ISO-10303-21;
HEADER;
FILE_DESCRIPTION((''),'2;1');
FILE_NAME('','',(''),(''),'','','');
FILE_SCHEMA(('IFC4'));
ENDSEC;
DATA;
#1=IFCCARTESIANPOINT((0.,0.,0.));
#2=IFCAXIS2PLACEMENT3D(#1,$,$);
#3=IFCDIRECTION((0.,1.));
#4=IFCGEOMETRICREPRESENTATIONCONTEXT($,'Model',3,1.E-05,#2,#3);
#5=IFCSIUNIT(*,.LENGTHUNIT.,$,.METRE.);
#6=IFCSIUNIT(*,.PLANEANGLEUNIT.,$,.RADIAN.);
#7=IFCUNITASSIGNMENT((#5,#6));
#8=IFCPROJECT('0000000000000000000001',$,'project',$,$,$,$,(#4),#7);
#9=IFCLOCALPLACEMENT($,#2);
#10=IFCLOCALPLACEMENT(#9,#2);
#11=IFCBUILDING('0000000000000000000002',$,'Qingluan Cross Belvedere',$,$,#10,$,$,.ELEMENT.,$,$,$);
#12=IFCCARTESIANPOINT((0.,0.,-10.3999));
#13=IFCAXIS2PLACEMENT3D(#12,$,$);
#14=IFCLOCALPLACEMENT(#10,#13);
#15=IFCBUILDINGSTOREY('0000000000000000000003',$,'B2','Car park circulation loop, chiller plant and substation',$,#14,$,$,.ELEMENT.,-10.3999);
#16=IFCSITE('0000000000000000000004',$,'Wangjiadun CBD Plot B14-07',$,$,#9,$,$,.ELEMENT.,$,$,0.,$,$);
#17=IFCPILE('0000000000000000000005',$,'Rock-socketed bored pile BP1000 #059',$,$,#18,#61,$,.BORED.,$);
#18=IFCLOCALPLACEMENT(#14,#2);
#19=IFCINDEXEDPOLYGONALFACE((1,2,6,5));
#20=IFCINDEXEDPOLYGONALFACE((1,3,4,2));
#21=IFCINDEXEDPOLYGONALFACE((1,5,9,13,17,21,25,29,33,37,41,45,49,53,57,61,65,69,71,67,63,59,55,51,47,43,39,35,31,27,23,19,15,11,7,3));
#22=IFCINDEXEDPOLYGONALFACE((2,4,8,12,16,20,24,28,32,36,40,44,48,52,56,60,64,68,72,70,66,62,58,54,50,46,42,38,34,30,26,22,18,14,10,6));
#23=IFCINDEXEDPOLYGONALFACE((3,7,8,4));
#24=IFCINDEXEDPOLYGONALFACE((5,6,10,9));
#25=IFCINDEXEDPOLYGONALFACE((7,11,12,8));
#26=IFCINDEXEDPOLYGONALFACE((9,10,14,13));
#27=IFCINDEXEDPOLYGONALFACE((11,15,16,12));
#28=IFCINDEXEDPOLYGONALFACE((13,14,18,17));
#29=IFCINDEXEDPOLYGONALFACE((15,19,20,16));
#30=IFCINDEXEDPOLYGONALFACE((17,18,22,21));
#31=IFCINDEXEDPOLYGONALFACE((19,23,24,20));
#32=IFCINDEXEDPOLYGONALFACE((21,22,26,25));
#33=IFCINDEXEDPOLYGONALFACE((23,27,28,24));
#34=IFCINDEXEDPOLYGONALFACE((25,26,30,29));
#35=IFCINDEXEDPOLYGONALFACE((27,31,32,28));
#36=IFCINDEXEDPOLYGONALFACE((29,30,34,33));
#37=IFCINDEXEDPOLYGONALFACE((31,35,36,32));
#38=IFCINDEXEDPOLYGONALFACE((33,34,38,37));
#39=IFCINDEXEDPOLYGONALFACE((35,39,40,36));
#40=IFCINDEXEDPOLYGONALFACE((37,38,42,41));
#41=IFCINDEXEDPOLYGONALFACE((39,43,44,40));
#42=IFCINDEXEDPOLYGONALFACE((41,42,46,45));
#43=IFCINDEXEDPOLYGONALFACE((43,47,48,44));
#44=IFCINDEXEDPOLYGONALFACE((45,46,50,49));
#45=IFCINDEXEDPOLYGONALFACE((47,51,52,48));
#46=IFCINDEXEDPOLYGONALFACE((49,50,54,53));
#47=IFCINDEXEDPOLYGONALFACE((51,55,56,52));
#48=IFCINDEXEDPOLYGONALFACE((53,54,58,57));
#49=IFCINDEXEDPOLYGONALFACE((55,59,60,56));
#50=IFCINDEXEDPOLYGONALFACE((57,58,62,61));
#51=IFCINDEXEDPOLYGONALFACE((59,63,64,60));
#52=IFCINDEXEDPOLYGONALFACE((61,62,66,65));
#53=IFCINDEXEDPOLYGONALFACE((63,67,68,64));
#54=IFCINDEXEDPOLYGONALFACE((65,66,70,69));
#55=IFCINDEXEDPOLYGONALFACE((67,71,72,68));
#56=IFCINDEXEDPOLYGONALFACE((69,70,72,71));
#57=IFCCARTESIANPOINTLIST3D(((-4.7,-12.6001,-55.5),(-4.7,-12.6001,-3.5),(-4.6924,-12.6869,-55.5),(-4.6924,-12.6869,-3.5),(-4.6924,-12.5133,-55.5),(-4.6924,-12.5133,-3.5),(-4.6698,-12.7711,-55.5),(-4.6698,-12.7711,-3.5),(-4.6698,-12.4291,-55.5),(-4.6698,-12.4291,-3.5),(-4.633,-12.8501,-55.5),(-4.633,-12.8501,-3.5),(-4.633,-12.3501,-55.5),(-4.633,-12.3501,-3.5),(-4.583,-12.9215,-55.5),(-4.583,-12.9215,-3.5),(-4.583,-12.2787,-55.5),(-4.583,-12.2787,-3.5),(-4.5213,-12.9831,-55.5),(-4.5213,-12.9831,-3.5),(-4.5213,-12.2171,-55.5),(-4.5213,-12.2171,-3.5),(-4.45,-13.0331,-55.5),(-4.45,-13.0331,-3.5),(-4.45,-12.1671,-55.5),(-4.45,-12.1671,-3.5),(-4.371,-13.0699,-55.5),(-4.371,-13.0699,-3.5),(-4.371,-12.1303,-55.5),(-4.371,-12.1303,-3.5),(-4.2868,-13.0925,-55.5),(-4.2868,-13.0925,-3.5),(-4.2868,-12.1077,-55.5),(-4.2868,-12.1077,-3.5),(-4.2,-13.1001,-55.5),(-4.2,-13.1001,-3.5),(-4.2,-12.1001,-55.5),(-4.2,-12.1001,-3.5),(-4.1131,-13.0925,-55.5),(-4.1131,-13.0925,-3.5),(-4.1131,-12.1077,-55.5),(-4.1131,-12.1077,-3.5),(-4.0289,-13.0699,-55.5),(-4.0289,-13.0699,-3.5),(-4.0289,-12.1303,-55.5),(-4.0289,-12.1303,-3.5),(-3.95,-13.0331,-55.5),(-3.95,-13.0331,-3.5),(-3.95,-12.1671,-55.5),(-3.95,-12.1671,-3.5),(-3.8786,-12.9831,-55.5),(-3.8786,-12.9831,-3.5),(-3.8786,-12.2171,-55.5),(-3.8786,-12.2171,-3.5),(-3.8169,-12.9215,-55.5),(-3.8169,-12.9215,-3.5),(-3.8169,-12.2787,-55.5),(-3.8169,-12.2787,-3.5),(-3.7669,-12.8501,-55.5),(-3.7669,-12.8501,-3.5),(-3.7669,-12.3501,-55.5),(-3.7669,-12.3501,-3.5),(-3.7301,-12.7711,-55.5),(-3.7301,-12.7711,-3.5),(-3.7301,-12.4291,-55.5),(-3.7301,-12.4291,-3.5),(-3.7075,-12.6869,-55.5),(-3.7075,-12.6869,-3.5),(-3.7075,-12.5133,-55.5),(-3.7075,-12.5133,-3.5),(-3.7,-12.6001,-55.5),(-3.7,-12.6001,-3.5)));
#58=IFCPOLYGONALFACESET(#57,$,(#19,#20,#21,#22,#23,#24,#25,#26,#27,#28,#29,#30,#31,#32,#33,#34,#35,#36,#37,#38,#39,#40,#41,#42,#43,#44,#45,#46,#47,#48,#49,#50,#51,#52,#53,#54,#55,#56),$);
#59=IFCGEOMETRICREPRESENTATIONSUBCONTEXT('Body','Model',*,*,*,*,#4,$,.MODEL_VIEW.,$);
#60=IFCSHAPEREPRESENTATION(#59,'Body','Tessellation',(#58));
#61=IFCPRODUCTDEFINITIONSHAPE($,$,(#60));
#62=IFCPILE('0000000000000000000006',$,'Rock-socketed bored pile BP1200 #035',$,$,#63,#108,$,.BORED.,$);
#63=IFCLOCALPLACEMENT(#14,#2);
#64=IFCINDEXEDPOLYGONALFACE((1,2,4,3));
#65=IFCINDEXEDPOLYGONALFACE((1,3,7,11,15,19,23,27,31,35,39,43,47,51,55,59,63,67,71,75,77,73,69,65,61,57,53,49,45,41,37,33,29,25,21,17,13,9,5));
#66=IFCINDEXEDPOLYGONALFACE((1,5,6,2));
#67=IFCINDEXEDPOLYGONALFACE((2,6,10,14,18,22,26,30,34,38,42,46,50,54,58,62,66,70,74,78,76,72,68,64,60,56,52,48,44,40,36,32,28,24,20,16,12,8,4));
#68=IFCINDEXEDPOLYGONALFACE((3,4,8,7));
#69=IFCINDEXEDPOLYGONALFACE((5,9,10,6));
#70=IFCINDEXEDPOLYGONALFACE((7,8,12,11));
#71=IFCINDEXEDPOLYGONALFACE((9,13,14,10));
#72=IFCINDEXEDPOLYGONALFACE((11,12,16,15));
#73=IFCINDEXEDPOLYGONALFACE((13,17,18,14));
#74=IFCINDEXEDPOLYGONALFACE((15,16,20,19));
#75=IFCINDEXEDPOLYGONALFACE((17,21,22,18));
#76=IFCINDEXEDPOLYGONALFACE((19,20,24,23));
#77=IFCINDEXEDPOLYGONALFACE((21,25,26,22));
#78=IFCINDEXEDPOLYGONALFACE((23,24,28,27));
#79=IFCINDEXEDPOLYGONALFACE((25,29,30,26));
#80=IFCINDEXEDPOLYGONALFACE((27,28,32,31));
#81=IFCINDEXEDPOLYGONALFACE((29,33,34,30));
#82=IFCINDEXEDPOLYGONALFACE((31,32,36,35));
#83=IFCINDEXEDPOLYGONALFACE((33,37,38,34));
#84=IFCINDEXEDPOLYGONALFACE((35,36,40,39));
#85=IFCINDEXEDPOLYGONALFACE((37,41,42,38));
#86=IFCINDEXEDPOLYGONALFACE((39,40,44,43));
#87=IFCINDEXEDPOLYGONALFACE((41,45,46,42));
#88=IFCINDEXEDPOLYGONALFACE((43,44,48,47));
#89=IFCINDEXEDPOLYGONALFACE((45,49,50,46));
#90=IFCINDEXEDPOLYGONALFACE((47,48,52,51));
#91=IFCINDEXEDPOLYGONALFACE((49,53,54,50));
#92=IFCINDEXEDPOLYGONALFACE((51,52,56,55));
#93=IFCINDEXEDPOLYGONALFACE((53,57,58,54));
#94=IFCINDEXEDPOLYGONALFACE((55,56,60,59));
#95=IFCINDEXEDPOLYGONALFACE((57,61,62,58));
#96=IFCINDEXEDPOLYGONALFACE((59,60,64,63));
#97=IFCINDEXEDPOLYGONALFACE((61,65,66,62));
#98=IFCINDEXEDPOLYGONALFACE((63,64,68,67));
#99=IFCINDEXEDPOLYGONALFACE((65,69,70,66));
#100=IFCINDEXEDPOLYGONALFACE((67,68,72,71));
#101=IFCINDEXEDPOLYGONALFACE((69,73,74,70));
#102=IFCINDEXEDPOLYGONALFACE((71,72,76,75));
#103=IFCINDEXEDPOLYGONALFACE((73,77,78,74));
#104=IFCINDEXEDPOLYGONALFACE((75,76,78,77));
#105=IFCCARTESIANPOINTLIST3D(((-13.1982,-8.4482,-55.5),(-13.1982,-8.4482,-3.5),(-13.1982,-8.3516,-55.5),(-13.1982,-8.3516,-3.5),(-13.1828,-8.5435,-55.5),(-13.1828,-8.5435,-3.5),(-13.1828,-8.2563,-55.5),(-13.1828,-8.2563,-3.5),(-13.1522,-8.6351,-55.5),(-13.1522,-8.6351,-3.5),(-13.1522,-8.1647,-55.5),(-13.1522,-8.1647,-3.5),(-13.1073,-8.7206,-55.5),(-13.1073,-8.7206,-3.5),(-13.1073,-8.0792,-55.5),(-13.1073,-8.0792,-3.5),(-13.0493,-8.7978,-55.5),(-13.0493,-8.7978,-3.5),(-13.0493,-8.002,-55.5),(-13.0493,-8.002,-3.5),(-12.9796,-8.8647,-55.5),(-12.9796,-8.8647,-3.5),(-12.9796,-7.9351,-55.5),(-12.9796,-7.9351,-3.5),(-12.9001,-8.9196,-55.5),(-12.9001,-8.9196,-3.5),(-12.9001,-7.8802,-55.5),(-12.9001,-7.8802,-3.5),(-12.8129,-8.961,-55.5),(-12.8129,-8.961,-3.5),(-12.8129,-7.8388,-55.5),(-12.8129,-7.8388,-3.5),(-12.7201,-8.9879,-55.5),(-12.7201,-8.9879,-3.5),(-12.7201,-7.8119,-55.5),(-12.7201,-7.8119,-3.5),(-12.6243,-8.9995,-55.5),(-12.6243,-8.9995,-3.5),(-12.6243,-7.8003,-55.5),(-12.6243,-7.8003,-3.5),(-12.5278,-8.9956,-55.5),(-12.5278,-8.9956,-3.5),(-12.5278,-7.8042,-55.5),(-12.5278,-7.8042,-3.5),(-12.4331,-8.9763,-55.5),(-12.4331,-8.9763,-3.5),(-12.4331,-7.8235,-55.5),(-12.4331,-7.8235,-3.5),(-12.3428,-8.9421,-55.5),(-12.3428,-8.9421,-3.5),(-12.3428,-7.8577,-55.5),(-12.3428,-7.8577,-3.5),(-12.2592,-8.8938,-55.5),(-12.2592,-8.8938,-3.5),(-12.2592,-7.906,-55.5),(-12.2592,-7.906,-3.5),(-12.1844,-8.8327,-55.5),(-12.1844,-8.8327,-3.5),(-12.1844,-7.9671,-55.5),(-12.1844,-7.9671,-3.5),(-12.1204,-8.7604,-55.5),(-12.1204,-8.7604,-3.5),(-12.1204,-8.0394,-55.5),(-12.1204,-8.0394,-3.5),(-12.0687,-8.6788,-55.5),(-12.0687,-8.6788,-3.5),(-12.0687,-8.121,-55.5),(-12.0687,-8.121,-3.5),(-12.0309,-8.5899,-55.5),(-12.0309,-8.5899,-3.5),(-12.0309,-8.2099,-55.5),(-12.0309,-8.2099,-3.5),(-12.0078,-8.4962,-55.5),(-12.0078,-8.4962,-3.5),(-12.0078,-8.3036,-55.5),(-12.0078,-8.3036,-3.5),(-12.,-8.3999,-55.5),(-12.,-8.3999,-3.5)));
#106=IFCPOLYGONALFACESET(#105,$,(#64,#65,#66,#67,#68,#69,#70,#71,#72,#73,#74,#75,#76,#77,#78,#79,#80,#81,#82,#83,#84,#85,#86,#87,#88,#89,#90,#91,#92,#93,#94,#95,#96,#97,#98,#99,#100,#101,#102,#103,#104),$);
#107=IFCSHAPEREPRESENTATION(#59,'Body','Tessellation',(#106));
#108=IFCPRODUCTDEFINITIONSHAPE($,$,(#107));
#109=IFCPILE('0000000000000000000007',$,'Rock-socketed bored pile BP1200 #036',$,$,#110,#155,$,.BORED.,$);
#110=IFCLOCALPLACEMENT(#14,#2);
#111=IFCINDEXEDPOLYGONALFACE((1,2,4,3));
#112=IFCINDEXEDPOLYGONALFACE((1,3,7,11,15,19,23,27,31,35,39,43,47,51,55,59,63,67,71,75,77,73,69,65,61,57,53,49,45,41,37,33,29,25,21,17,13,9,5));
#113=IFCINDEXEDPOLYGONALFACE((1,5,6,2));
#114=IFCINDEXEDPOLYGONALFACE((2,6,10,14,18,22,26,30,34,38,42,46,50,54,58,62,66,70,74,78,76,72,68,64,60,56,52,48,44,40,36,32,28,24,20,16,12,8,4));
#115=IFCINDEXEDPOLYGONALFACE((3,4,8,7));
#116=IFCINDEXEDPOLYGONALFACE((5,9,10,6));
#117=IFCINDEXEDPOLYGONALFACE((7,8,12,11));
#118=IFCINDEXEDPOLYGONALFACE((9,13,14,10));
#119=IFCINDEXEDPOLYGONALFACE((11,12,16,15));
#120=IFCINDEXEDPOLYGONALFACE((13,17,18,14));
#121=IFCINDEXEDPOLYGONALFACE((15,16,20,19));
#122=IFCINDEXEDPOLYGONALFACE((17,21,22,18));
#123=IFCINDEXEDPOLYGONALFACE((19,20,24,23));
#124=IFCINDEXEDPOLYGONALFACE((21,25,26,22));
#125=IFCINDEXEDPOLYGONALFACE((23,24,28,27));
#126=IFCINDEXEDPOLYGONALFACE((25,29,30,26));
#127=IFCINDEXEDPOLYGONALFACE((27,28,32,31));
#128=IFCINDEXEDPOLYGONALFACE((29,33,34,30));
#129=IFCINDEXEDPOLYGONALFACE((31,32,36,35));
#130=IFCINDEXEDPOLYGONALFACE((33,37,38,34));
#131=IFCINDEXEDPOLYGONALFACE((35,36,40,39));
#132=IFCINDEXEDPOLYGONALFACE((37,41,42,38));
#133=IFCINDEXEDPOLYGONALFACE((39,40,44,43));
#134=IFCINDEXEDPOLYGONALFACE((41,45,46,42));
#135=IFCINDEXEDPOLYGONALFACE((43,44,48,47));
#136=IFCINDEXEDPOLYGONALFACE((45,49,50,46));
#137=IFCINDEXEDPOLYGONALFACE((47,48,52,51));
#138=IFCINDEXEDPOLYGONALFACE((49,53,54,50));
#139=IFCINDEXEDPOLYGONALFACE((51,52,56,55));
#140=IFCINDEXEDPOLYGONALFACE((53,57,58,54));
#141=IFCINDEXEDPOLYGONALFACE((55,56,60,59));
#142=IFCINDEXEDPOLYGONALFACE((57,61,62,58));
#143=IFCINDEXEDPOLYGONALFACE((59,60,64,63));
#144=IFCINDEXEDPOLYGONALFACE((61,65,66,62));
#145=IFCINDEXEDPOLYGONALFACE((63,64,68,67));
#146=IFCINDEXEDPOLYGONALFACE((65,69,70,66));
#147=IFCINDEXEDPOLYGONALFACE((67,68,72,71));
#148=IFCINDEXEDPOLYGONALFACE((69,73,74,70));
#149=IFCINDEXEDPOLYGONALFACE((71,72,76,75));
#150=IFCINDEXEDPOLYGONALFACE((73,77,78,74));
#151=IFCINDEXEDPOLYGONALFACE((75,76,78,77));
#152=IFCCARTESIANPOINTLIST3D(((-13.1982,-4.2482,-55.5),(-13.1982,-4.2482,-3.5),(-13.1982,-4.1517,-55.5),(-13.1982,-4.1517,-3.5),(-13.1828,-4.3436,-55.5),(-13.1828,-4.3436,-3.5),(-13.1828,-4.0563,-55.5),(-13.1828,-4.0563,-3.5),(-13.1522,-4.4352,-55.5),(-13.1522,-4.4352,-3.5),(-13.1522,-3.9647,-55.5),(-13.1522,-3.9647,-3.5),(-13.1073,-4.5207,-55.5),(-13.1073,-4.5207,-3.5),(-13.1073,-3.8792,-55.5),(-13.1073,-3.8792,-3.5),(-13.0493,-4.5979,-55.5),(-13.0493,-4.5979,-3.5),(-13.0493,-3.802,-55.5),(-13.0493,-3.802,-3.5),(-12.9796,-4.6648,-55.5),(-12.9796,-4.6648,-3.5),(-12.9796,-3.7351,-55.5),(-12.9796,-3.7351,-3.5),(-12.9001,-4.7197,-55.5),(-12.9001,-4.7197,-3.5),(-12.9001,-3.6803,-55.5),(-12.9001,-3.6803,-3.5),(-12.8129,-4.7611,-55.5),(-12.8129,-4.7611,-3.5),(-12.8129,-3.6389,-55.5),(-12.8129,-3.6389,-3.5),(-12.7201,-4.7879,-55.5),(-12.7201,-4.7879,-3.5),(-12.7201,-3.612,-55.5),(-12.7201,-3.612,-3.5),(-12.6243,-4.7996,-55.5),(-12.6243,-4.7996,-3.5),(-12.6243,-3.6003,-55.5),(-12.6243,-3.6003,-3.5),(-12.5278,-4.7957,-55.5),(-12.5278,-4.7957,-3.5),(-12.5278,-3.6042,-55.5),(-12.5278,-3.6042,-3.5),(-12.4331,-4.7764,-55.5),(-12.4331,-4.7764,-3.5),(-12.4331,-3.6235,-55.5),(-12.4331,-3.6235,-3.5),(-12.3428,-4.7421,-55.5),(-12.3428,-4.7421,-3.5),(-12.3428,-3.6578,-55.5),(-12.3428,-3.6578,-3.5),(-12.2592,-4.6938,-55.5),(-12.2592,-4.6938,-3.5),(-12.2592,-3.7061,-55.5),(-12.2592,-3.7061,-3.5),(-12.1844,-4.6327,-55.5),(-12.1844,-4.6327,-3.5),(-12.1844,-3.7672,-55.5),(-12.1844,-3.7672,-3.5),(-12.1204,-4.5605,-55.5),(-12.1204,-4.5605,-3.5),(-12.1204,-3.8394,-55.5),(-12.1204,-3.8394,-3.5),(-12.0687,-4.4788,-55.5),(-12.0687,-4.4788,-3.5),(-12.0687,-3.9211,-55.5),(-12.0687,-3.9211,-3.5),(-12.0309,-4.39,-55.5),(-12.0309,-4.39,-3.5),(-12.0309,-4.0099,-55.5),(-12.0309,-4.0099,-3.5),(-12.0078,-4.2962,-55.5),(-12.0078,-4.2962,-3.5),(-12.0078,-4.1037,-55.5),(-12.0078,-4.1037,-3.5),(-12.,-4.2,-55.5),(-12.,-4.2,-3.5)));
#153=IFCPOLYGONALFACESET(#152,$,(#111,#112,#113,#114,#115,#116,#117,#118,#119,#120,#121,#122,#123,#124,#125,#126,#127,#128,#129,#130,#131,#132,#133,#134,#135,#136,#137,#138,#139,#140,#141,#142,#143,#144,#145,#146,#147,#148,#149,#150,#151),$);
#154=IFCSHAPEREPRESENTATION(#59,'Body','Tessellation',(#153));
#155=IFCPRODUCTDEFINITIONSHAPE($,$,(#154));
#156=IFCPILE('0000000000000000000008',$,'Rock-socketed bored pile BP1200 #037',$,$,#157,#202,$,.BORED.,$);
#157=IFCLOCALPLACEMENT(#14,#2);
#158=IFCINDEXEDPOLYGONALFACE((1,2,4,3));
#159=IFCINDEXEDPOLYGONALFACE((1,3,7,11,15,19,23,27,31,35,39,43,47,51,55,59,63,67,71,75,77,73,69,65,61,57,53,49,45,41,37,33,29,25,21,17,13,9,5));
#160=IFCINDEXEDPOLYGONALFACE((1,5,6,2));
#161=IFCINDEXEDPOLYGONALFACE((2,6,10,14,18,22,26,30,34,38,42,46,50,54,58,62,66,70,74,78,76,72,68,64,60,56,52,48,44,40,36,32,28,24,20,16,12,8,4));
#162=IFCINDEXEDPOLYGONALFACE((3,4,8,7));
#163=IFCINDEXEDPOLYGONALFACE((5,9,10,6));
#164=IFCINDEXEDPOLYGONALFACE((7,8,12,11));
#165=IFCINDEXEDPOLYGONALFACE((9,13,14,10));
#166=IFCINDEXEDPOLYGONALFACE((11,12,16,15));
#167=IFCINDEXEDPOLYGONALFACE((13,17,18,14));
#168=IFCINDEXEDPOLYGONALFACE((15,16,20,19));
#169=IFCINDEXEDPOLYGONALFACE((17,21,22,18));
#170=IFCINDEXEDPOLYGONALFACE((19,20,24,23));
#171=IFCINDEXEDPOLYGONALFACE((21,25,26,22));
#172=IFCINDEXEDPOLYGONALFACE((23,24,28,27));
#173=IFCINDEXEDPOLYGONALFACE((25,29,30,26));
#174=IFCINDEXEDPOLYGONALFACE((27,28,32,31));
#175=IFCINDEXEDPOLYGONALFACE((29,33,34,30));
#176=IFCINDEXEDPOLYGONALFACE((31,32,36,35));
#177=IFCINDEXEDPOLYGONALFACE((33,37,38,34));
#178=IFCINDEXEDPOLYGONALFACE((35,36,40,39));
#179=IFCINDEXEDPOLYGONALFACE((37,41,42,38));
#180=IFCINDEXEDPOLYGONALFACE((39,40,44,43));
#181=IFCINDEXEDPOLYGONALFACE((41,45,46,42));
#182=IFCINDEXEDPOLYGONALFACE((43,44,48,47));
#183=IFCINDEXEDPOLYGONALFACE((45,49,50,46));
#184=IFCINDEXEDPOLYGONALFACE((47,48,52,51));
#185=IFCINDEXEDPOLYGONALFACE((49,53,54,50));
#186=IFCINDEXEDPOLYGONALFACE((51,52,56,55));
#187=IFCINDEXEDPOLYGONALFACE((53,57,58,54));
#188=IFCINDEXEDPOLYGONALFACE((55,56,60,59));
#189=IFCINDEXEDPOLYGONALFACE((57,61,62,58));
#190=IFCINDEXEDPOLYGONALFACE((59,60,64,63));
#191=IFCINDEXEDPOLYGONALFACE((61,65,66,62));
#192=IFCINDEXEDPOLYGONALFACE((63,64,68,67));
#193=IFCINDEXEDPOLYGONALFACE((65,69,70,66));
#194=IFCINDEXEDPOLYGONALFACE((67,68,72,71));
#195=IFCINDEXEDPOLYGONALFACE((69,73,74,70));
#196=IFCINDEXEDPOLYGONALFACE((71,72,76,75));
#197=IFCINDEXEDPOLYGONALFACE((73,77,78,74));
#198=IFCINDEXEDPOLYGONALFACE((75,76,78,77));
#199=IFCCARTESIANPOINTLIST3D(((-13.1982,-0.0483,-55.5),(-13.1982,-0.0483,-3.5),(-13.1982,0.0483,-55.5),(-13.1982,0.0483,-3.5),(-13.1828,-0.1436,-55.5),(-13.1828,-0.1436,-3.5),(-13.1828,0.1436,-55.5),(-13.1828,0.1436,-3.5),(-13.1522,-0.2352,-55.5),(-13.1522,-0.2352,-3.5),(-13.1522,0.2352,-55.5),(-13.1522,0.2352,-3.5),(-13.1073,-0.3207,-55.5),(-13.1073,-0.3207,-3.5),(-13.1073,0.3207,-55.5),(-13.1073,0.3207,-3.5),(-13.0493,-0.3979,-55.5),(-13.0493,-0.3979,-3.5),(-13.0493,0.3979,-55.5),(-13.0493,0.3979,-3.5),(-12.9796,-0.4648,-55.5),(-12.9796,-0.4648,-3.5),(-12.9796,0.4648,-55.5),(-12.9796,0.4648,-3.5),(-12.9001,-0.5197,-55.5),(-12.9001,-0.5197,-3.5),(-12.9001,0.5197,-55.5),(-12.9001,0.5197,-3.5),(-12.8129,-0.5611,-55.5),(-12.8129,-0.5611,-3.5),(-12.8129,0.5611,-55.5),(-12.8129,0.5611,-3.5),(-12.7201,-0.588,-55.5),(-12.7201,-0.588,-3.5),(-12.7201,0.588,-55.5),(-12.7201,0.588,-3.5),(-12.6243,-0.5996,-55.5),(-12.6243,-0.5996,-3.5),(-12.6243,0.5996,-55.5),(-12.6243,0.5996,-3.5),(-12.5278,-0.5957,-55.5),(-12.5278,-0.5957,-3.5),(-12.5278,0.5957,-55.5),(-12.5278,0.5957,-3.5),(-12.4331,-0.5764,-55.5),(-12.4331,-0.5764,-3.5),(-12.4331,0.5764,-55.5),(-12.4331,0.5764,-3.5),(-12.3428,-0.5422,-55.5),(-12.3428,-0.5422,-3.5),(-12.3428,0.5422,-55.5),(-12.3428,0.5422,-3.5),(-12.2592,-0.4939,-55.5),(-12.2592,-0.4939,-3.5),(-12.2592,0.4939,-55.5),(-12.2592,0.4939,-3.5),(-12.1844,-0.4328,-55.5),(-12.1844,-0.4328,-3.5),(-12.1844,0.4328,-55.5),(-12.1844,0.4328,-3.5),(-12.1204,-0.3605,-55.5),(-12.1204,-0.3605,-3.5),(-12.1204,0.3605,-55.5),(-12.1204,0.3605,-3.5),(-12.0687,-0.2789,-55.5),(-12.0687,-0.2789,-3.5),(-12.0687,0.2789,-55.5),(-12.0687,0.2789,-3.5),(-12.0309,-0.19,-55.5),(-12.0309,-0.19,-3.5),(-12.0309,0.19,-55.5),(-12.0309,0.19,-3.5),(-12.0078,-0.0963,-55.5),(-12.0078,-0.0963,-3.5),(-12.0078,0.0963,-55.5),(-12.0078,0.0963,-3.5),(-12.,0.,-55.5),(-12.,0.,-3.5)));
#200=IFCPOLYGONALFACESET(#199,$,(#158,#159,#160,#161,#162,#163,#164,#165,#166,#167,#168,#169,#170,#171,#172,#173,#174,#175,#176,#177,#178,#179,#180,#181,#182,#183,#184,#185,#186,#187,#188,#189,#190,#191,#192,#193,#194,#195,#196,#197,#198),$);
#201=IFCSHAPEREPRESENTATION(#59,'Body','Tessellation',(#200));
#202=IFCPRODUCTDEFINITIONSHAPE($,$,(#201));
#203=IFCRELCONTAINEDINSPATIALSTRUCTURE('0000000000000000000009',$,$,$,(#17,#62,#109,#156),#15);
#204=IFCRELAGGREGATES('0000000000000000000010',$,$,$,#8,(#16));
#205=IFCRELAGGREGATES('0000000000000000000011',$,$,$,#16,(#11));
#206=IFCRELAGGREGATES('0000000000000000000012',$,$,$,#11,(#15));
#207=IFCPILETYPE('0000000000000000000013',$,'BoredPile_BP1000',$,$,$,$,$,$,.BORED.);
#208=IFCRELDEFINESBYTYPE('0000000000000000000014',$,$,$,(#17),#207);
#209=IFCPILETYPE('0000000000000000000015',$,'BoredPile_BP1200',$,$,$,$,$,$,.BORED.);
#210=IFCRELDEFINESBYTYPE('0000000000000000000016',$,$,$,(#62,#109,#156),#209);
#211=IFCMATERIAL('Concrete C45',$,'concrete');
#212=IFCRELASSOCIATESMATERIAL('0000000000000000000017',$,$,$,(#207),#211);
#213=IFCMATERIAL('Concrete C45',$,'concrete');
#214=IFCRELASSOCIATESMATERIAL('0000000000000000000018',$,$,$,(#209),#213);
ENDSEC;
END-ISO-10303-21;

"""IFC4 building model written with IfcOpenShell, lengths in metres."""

from ifc_helpers import new_model, si_unit, direction, frame, origin, origin_2d, place, context, subcontext, project, spatial, circle, extrude, material, material_profile, profile_set, type_object, element, save


model = new_model("IFC4")

# Units and contexts
model_context = context("Model", 3, precision=1e-05, world=origin(), true_north=direction((0.0, 1.0)))
body_context = subcontext(model_context, "Body", "Model", "MODEL_VIEW")
ifc_project = project(units=[si_unit("LENGTHUNIT", "METRE"), si_unit("PLANEANGLEUNIT", "RADIAN")], contexts=[model_context])

# Site, building, storey
site_placement = place(None, origin())
site = spatial("IfcSite", under=ifc_project, at=site_placement, Name="Wangjiadun CBD Plot B14-07", CompositionType="ELEMENT", RefElevation=0.0)
building_placement = place(site_placement, origin())
building = spatial("IfcBuilding", under=site, at=building_placement, Name="Qingluan Cross Belvedere", CompositionType="ELEMENT")
storey_placement = place(building_placement, frame((0.0, 0.0, -10.3999)))
storey = spatial("IfcBuildingStorey", under=building, at=storey_placement, Name="B2", Description="Car park circulation loop, chiller plant and substation", CompositionType="ELEMENT", Elevation=-10.3999)

# Piles
ifc_material_1 = material(Name="Concrete C45", Category="concrete")
ifc_material_profile_1 = material_profile(ifc_material_1, circle(Radius=0.5, at=origin_2d()), Name="BP1000")
ifc_profile_set_1 = profile_set([ifc_material_profile_1], Name="Concrete C45")
pile_type_1 = type_object("IfcPileType", Name="BoredPile_BP1000", PredefinedType="BORED", material=ifc_profile_set_1)
pile_placement = place(storey_placement, frame((-4.2, -12.6001, -3.5), z_axis=(0.0, 0.0, -1.0), x_axis=(1.0, 0.0, 0.0)))
element("IfcPile", 1, at=pile_placement, inside=storey, type_object=pile_type_1, Name="Rock-socketed bored pile BP1000 #059", PredefinedType="BORED", context=body_context, shape_type="SweptSolid", body=[
    extrude(circle(Radius=0.5, at=origin_2d()), origin(), (0.0, 0.0, 1.0), 52.0),
])
ifc_material_2 = material(Name="Concrete C45", Category="concrete")
ifc_material_profile_2 = material_profile(ifc_material_2, circle(Radius=0.6001, at=origin_2d()), Name="BP1200")
ifc_profile_set_2 = profile_set([ifc_material_profile_2], Name="Concrete C45")
pile_type_2 = type_object("IfcPileType", Name="BoredPile_BP1200", PredefinedType="BORED", material=ifc_profile_set_2)
for number, where, z_axis, x_axis, name in (
    (2, (-12.6001, -8.3999, -3.5), (0.0, 0.0, -1.0), (1.0, 0.0, 0.0), "Rock-socketed bored pile BP1200 #035"),
    (3, (-12.6001, -4.2, -3.5), (0.0, 0.0, -1.0), (1.0, 0.0, 0.0), "Rock-socketed bored pile BP1200 #036"),
    (4, (-12.6001, 0.0, -3.5), (0.0, 0.0, -1.0), (1.0, 0.0, 0.0), "Rock-socketed bored pile BP1200 #037"),
):
    element("IfcPile", number, at=place(storey_placement, frame(where, z_axis=z_axis, x_axis=x_axis)), inside=storey, type_object=pile_type_2, Name=name, PredefinedType="BORED", context=body_context, shape_type="SweptSolid", body=[
        extrude(circle(Radius=0.6001, at=origin_2d()), origin(), (0.0, 0.0, 1.0), 52.0),
    ])

save(model, "model.ifc")
